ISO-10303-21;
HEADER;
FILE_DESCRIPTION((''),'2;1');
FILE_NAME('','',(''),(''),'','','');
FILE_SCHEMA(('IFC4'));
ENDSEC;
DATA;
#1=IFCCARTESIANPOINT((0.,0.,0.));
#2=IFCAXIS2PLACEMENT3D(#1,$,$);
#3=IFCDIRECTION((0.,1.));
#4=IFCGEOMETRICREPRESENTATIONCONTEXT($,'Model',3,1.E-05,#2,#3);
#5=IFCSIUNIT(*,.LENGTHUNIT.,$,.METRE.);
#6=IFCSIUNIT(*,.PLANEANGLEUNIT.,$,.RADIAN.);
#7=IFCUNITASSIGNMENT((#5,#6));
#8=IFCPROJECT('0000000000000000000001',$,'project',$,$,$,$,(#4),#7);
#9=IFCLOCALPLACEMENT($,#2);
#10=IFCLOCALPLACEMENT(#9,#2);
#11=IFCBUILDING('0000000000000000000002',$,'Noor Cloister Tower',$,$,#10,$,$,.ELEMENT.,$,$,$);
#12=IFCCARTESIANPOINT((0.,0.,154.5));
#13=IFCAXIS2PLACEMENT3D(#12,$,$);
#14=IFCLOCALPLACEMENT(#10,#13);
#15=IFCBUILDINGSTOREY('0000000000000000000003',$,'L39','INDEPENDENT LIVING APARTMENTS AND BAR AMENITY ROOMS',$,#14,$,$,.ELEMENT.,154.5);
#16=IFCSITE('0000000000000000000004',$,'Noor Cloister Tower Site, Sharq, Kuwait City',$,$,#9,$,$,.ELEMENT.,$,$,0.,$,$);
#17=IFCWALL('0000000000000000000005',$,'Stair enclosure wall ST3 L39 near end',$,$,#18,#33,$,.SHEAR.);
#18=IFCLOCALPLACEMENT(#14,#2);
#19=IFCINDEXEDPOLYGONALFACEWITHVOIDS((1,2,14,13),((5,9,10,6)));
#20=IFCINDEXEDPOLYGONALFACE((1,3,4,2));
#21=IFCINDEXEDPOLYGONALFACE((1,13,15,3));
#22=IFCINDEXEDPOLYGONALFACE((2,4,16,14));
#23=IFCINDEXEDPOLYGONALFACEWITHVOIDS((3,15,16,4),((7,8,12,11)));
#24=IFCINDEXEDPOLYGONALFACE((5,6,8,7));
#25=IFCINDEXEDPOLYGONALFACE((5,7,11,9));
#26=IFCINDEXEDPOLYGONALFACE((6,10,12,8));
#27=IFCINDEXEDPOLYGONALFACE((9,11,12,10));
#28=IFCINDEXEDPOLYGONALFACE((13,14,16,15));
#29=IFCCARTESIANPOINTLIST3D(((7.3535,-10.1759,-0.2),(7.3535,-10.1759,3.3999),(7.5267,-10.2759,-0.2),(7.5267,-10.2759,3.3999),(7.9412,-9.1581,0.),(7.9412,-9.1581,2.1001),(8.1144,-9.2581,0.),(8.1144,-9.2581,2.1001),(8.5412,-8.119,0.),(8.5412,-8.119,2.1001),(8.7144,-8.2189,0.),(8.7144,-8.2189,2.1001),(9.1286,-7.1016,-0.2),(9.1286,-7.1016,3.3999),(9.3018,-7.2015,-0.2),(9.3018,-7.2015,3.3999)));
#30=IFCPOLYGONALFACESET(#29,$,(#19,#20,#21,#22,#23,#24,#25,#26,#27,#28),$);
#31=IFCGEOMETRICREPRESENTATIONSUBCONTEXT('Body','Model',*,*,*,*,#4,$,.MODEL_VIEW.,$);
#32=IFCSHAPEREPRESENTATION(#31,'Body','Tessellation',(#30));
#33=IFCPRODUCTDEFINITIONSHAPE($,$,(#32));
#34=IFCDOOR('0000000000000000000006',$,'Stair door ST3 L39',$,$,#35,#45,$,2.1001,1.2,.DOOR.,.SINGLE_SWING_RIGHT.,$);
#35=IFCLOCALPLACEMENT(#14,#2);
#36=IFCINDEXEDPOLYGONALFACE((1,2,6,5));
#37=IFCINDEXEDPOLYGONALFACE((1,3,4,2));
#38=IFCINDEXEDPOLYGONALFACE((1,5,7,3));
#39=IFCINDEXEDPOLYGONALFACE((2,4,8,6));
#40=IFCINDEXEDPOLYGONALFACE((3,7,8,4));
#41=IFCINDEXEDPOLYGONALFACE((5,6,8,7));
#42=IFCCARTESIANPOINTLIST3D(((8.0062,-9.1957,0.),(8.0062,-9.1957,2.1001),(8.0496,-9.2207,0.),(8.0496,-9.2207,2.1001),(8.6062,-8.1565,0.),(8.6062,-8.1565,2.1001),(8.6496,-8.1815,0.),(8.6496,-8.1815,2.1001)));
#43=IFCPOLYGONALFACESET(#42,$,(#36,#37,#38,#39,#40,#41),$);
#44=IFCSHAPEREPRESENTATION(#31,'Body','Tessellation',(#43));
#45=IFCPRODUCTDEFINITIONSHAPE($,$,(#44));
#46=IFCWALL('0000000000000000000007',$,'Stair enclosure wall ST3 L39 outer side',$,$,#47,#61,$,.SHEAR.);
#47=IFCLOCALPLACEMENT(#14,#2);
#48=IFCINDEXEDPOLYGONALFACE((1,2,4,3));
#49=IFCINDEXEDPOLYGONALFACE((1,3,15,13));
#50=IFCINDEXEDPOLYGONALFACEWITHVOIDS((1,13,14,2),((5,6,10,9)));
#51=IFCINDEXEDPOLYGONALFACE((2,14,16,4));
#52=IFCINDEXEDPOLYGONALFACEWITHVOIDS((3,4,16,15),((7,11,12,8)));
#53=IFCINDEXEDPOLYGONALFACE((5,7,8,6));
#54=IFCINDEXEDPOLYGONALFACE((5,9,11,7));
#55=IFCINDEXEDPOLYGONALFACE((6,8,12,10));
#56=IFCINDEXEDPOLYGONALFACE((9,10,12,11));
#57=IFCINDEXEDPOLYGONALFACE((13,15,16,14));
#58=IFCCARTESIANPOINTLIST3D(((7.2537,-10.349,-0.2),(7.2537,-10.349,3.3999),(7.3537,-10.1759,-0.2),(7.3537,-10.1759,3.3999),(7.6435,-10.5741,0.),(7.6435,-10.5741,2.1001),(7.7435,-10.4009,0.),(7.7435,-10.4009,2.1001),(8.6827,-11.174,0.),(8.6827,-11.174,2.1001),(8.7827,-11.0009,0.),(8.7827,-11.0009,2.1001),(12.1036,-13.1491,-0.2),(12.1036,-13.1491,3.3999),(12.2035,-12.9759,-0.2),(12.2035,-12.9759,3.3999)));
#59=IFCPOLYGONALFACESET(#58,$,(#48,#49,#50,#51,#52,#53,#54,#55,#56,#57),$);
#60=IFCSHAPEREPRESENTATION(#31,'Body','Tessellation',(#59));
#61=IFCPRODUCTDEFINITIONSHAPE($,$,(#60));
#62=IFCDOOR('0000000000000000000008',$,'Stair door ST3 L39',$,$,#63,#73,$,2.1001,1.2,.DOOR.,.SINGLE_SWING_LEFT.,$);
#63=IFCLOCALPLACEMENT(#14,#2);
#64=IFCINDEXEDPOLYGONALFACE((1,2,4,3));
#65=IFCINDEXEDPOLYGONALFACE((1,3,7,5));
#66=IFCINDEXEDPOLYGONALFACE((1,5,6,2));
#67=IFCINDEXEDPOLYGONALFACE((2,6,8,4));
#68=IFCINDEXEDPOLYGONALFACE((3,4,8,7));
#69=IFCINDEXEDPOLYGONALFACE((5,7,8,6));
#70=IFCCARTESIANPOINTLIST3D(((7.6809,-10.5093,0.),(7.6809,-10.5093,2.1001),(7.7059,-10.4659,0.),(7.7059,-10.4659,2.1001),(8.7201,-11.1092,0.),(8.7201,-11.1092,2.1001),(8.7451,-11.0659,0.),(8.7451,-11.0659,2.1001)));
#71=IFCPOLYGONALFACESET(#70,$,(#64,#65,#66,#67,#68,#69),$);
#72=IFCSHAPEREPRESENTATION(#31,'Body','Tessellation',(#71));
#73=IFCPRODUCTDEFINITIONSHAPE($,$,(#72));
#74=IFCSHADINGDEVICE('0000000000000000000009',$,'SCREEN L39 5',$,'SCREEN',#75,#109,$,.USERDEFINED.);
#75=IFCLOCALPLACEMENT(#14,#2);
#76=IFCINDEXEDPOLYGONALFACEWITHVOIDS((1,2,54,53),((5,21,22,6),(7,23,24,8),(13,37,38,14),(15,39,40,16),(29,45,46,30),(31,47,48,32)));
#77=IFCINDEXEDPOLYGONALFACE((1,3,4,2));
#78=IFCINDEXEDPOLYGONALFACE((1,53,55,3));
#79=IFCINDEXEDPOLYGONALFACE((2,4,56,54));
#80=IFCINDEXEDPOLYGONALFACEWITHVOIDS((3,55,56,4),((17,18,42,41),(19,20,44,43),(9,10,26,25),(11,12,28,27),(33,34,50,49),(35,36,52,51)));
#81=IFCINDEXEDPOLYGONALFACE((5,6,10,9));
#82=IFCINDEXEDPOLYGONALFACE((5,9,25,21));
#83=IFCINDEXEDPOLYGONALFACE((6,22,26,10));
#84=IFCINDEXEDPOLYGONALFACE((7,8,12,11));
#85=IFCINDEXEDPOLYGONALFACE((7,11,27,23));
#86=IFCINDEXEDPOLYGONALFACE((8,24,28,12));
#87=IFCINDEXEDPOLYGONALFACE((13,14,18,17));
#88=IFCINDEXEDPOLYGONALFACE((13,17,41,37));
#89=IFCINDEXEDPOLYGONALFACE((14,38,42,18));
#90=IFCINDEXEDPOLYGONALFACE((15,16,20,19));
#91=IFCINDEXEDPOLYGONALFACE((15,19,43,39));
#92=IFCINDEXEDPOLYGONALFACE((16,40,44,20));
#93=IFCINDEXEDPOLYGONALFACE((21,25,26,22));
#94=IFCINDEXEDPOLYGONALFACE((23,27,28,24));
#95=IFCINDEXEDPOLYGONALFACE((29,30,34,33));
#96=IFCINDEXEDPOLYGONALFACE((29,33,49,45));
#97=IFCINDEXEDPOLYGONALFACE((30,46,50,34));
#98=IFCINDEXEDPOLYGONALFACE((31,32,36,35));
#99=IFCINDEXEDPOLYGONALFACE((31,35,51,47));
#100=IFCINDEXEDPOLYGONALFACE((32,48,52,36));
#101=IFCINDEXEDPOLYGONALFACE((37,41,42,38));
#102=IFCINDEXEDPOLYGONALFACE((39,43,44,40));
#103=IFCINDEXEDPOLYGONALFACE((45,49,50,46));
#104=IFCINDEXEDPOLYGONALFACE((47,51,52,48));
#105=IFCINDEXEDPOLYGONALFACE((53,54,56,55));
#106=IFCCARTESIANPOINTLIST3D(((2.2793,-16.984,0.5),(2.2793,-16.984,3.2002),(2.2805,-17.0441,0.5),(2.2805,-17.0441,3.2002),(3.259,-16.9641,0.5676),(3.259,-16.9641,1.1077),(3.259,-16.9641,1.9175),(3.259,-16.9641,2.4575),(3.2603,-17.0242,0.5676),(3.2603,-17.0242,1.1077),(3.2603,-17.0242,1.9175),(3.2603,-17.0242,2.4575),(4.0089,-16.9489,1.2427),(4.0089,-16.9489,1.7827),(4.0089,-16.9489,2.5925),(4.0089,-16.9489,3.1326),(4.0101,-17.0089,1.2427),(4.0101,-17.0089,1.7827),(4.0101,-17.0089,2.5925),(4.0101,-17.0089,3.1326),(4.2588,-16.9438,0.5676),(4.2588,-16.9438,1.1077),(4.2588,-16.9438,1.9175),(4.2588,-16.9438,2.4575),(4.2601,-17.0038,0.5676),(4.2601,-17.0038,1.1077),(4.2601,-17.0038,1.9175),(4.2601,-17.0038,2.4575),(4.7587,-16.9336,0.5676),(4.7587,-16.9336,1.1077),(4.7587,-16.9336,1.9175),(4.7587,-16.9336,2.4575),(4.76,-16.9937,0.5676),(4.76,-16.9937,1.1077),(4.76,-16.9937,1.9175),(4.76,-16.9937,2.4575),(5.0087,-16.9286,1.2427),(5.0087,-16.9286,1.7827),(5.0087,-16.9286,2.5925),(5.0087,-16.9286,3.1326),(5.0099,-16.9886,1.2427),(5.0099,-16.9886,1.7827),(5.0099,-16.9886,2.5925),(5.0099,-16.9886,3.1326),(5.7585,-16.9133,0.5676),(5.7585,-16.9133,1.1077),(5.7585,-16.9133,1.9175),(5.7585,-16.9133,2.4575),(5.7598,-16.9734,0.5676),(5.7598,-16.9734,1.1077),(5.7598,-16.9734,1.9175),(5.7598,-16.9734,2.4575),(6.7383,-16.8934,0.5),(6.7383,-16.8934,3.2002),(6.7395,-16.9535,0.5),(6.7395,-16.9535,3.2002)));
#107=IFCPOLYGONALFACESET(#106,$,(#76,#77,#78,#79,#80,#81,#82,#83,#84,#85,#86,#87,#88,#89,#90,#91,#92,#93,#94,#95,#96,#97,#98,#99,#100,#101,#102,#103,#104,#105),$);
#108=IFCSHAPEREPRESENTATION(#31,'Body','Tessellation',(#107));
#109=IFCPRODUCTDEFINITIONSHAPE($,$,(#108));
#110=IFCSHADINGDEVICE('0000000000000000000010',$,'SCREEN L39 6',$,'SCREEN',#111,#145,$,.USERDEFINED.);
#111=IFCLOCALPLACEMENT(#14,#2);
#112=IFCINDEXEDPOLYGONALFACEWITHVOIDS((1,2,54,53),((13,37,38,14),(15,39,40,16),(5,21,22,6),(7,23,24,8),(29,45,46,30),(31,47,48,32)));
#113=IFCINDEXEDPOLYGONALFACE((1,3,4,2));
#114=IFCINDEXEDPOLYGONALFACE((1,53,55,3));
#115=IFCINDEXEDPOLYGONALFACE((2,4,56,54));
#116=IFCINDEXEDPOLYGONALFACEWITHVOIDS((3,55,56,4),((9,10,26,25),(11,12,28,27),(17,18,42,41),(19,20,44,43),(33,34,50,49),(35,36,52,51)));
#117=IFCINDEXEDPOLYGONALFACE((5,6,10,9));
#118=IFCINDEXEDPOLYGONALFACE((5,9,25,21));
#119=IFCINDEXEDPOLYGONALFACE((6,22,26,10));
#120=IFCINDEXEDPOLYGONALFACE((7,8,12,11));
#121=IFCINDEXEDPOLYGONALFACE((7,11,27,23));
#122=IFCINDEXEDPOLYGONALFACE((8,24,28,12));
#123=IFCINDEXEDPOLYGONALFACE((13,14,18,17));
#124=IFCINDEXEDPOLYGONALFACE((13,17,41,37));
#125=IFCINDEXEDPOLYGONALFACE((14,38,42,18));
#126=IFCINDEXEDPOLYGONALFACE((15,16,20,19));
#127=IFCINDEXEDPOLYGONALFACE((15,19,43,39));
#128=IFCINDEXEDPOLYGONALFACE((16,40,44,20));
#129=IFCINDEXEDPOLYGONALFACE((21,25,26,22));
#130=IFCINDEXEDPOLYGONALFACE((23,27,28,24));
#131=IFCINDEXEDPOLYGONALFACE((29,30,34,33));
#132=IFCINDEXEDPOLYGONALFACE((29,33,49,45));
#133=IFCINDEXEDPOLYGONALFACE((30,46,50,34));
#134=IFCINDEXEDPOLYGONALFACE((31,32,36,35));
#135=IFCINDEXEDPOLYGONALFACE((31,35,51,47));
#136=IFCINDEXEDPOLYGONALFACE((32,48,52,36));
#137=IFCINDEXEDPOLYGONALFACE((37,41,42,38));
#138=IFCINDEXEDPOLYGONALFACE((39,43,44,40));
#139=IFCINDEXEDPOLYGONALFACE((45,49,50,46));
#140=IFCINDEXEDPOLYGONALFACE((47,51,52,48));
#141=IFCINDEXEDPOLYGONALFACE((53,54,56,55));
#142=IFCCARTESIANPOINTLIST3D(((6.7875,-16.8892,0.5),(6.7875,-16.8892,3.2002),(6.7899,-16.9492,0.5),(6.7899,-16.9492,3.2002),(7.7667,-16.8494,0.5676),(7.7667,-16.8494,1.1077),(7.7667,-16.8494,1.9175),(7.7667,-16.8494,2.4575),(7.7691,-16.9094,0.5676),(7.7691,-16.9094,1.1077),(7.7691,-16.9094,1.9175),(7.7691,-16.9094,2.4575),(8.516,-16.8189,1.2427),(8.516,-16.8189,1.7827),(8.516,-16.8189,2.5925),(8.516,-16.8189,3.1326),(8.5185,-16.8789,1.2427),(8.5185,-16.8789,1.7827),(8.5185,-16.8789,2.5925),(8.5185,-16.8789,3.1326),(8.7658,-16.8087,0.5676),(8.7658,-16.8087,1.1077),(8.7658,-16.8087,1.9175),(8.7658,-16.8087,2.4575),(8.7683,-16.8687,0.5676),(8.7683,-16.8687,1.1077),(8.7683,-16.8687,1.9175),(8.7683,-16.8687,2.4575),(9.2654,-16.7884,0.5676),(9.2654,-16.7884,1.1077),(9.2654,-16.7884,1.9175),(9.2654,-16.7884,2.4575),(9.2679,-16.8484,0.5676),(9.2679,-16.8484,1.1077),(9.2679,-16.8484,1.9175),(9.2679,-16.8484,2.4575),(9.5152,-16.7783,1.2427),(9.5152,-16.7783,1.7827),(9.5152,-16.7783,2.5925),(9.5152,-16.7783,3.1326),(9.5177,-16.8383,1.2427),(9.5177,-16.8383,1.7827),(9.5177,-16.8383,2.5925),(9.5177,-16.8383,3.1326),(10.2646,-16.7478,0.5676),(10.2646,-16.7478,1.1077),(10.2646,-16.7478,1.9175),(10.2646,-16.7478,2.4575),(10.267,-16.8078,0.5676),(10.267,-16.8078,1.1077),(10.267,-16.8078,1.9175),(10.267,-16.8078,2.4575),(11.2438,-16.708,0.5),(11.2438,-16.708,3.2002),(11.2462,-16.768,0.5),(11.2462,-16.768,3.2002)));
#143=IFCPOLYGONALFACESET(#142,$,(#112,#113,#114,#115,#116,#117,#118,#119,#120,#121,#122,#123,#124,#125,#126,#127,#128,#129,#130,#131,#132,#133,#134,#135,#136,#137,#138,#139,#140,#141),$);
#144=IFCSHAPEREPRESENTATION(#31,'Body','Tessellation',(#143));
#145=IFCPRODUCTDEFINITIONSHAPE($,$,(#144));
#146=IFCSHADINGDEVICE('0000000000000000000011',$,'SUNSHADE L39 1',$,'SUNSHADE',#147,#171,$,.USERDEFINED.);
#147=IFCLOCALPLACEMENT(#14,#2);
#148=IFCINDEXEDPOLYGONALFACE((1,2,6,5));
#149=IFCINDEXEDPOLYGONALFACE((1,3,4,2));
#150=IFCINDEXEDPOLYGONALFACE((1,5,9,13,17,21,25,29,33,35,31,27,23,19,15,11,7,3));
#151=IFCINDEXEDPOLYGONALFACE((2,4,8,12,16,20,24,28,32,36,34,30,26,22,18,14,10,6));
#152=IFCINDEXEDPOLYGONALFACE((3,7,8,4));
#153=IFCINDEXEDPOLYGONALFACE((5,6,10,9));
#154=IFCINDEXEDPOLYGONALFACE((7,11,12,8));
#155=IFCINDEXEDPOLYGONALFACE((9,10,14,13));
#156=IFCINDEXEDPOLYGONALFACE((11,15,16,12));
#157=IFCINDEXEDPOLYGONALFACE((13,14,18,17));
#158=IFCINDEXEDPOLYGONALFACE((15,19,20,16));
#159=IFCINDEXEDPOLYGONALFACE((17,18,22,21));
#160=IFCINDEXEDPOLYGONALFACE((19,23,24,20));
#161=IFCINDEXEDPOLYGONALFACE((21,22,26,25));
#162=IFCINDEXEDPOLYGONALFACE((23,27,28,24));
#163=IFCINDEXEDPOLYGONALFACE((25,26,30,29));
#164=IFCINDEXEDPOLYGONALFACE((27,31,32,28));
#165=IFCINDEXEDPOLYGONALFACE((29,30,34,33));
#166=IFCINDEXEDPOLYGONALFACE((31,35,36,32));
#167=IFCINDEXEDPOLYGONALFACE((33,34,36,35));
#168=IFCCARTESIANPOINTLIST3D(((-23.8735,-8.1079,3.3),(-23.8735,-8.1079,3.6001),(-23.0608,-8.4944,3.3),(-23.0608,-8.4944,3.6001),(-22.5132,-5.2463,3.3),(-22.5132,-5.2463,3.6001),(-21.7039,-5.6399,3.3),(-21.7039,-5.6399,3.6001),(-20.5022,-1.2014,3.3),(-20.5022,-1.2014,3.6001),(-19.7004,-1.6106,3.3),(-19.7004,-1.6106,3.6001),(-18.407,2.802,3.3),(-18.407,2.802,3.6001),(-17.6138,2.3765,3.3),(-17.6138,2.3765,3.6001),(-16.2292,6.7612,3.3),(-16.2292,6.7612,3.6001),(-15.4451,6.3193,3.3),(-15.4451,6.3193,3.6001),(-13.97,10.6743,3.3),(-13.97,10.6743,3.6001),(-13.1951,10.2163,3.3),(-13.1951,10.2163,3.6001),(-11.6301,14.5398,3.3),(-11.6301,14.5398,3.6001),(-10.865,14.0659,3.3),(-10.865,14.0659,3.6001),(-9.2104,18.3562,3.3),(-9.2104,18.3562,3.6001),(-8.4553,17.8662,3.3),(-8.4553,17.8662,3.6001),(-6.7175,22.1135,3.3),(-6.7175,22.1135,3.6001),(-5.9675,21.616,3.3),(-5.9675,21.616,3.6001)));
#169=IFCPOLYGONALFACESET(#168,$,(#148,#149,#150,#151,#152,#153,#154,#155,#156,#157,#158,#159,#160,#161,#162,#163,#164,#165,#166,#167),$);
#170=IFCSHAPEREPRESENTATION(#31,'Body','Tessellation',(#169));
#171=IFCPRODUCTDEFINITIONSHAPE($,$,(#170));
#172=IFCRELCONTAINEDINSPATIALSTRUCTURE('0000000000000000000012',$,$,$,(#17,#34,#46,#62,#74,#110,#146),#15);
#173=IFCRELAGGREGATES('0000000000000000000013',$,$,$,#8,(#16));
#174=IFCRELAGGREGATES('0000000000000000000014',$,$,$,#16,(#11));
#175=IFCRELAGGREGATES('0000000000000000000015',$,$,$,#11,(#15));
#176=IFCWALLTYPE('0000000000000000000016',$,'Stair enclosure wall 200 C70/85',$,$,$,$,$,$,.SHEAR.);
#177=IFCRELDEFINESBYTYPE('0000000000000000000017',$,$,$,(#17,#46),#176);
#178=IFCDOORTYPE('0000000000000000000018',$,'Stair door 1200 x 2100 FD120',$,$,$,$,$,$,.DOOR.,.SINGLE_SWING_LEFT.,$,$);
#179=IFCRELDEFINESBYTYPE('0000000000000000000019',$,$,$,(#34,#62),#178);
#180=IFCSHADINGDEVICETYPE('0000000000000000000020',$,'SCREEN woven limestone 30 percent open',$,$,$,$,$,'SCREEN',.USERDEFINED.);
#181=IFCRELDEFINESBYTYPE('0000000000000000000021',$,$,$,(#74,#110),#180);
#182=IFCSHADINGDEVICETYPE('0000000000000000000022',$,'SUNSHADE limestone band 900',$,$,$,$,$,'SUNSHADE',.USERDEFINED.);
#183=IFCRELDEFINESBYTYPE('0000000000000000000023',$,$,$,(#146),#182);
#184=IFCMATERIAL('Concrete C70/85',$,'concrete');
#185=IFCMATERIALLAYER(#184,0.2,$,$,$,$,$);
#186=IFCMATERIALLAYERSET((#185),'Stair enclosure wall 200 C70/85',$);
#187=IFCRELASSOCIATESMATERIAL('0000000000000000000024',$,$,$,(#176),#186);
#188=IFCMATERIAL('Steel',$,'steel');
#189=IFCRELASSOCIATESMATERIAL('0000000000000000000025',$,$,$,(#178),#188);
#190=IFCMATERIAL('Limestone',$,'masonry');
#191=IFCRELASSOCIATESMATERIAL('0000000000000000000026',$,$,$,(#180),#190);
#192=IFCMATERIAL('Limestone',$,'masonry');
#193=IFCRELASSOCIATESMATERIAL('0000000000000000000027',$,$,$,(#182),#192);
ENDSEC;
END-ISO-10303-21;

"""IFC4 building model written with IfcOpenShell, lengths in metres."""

from ifc_helpers import new_model, si_unit, direction, frame, frame_2d, origin, place, context, subcontext, project, spatial, polyline, rectangle, outline, extrude, material, layer, layer_set, material_profile, profile_set, type_object, element, fill, save


model = new_model("IFC4")

# Units and contexts
model_context = context("Model", 3, precision=1e-05, world=origin(), true_north=direction((0.0, 1.0)))
body_context = subcontext(model_context, "Body", "Model", "MODEL_VIEW")
ifc_project = project(units=[si_unit("LENGTHUNIT", "METRE"), si_unit("PLANEANGLEUNIT", "RADIAN")], contexts=[model_context])

# Site, building, storey
site_placement = place(None, origin())
site = spatial("IfcSite", under=ifc_project, at=site_placement, Name="Noor Cloister Tower Site, Sharq, Kuwait City", CompositionType="ELEMENT", RefElevation=0.0)
building_placement = place(site_placement, origin())
building = spatial("IfcBuilding", under=site, at=building_placement, Name="Noor Cloister Tower", CompositionType="ELEMENT")
storey_placement = place(building_placement, frame((0.0, 0.0, 154.5)))
storey = spatial("IfcBuildingStorey", under=building, at=storey_placement, Name="L39", Description="INDEPENDENT LIVING APARTMENTS AND BAR AMENITY ROOMS", CompositionType="ELEMENT", Elevation=154.5)

# Walls, openings, doors
ifc_material_1 = material(Name="Concrete C70/85", Category="concrete")
ifc_layer_1 = layer(ifc_material_1, 0.2)
ifc_layer_set_1 = layer_set([ifc_layer_1], Name="Stair enclosure wall 200 C70/85")
wall_type_1 = type_object("IfcWallType", Name="Stair enclosure wall 200 C70/85", PredefinedType="SHEAR", material=ifc_layer_set_1)
wall_1_placement = place(storey_placement, frame((7.4402, -10.2258, -0.2), z_axis=(0.0, 0.0, 1.0), x_axis=(0.500022, 0.866013, 0.0)))
wall_1 = element("IfcWall", 1, at=wall_1_placement, inside=storey, type_object=wall_type_1, Name="Stair enclosure wall ST3 L39 near end", PredefinedType="SHEAR", context=body_context, shape_type="SweptSolid", body=[
    extrude(rectangle(XDim=3.55, YDim=0.2, at=frame_2d((1.7749, 0.0))), origin(), (0.0, 0.0, 1.0), 3.5999),
])
opening_1_placement = place(wall_1_placement, frame((1.175, 0.0, 0.2)))
opening_1 = element("IfcOpeningElement", 2, at=opening_1_placement, cuts=wall_1, PredefinedType="OPENING", context=body_context, shape_type="SweptSolid", body=[
    extrude(rectangle(XDim=1.2, YDim=2.1001, at=frame_2d((0.6001, 1.05))), frame((0.0, 0.1099, 0.0), z_axis=(0.0, -1.0, 0.0), x_axis=(1.0, 0.0, 0.0)), (0.0, 0.0, 1.0), 0.22),
])
ifc_material_2 = material(Name="Steel", Category="steel")
door_type_1 = type_object("IfcDoorType", Name="Stair door 1200 x 2100 FD120", OperationType="SINGLE_SWING_LEFT", PredefinedType="DOOR", material=ifc_material_2)
door_1_placement = place(opening_1_placement, origin())
door_1 = element("IfcDoor", 3, at=door_1_placement, inside=storey, type_object=door_type_1, Name="Stair door ST3 L39", OperationType="SINGLE_SWING_RIGHT", OverallHeight=2.1001, OverallWidth=1.2, PredefinedType="DOOR", context=body_context, shape_type="SweptSolid", body=[
    extrude(rectangle(XDim=1.2, YDim=2.1001, at=frame_2d((0.6001, 1.05))), frame((0.0, 0.0249, 0.0), z_axis=(0.0, -1.0, 0.0), x_axis=(1.0, 0.0, 0.0)), (0.0, 0.0, 1.0), 0.05),
])
fill(opening_1, door_1)
wall_2_placement = place(storey_placement, frame((7.3037, -10.2625, -0.2), z_axis=(0.0, 0.0, 1.0), x_axis=(0.866027, -0.499998, 0.0)))
wall_2 = element("IfcWall", 4, at=wall_2_placement, inside=storey, type_object=wall_type_1, Name="Stair enclosure wall ST3 L39 outer side", PredefinedType="SHEAR", context=body_context, shape_type="SweptSolid", body=[
    extrude(rectangle(XDim=5.6001, YDim=0.2, at=frame_2d((2.8, 0.0))), origin(), (0.0, 0.0, 1.0), 3.5999),
])
opening_2_placement = place(wall_2_placement, frame((0.45, 0.0, 0.2)))
opening_2 = element("IfcOpeningElement", 5, at=opening_2_placement, cuts=wall_2, PredefinedType="OPENING", context=body_context, shape_type="SweptSolid", body=[
    extrude(rectangle(XDim=1.2, YDim=2.1001, at=frame_2d((0.6001, 1.05))), frame((0.0, 0.1099, 0.0), z_axis=(0.0, -1.0, 0.0), x_axis=(1.0, 0.0, 0.0)), (0.0, 0.0, 1.0), 0.22),
])
door_2_placement = place(opening_2_placement, origin())
door_2 = element("IfcDoor", 6, at=door_2_placement, inside=storey, type_object=door_type_1, Name="Stair door ST3 L39", OperationType="SINGLE_SWING_LEFT", OverallHeight=2.1001, OverallWidth=1.2, PredefinedType="DOOR", context=body_context, shape_type="SweptSolid", body=[
    extrude(rectangle(XDim=1.2, YDim=2.1001, at=frame_2d((0.6001, 1.05))), frame((0.0, 0.0249, 0.0), z_axis=(0.0, -1.0, 0.0), x_axis=(1.0, 0.0, 0.0)), (0.0, 0.0, 1.0), 0.05),
])
fill(opening_2, door_2)

# Shading devices
ifc_material_3 = material(Name="Limestone", Category="masonry")
ifc_material_profile_1 = material_profile(ifc_material_3, outline(polyline([(-2.23, -1.3501), (2.23, -1.3501), (2.23, 1.3501), (-2.23, 1.3501), (-2.23, -1.3501)]), holes=[polyline([(-1.25, -1.2825), (-0.25, -1.2825), (-0.25, -0.7424), (-1.25, -0.7424), (-1.25, -1.2825)]), polyline([(0.25, -1.2825), (1.25, -1.2825), (1.25, -0.7424), (0.25, -0.7424), (0.25, -1.2825)]), polyline([(-0.5, -0.6074), (0.5, -0.6074), (0.5, -0.0674), (-0.5, -0.0674), (-0.5, -0.6074)]), polyline([(-1.25, 0.0674), (-0.25, 0.0674), (-0.25, 0.6074), (-1.25, 0.6074), (-1.25, 0.0674)]), polyline([(0.25, 0.0674), (1.25, 0.0674), (1.25, 0.6074), (0.25, 0.6074), (0.25, 0.0674)]), polyline([(-0.5, 0.7424), (0.5, 0.7424), (0.5, 1.2825), (-0.5, 1.2825), (-0.5, 0.7424)])]), Name="Woven screen 30 percent open")
ifc_profile_set_1 = profile_set([ifc_material_profile_1], Name="Limestone")
shading_device_type_1 = type_object("IfcShadingDeviceType", Name="SCREEN woven limestone 30 percent open", ElementType="SCREEN", PredefinedType="USERDEFINED", material=ifc_profile_set_1)
for number, where, z_axis, x_axis, name in (
    (7, (4.5088, -16.9387, 1.8501), (0.020321, -0.999794, 0.0), (0.999794, 0.020321, 0.0), "SCREEN L39 5"),
    (8, (9.0156, -16.7986, 1.8501), (0.040617, -0.999175, 0.0), (0.999175, 0.040617, 0.0), "SCREEN L39 6"),
):
    element("IfcShadingDevice", number, at=place(storey_placement, frame(where, z_axis=z_axis, x_axis=x_axis)), inside=storey, type_object=shading_device_type_1, Name=name, ObjectType="SCREEN", PredefinedType="USERDEFINED", context=body_context, shape_type="SweptSolid", body=[
        extrude(outline(polyline([(-2.23, -1.3501), (2.23, -1.3501), (2.23, 1.3501), (-2.23, 1.3501), (-2.23, -1.3501)]), holes=[polyline([(-1.25, -1.2825), (-0.25, -1.2825), (-0.25, -0.7424), (-1.25, -0.7424), (-1.25, -1.2825)]), polyline([(0.25, -1.2825), (1.25, -1.2825), (1.25, -0.7424), (0.25, -0.7424), (0.25, -1.2825)]), polyline([(-0.5, -0.6074), (0.5, -0.6074), (0.5, -0.0674), (-0.5, -0.0674), (-0.5, -0.6074)]), polyline([(-1.25, 0.0674), (-0.25, 0.0674), (-0.25, 0.6074), (-1.25, 0.6074), (-1.25, 0.0674)]), polyline([(0.25, 0.0674), (1.25, 0.0674), (1.25, 0.6074), (0.25, 0.6074), (0.25, 0.0674)]), polyline([(-0.5, 0.7424), (0.5, 0.7424), (0.5, 1.2825), (-0.5, 1.2825), (-0.5, 0.7424)])]), origin(), (0.0, 0.0, 1.0), 0.0601),
    ])
ifc_material_4 = material(Name="Limestone", Category="masonry")
shading_device_type_2 = type_object("IfcShadingDeviceType", Name="SUNSHADE limestone band 900", ElementType="SUNSHADE", PredefinedType="USERDEFINED", material=ifc_material_4)
shading_device_1_placement = place(storey_placement, frame((0.0, 0.0, 3.3)))
element("IfcShadingDevice", 9, at=shading_device_1_placement, inside=storey, type_object=shading_device_type_2, Name="SUNSHADE L39 1", ObjectType="SUNSHADE", PredefinedType="USERDEFINED", context=body_context, shape_type="SweptSolid", body=[
    extrude(outline(polyline([(-6.7175, 22.1135), (-9.2104, 18.3562), (-11.6301, 14.5398), (-13.97, 10.6743), (-16.2292, 6.7612), (-18.407, 2.802), (-20.5022, -1.2014), (-22.5132, -5.2463), (-23.8735, -8.1079), (-23.0608, -8.4944), (-21.7039, -5.6399), (-19.7004, -1.6106), (-17.6138, 2.3765), (-15.4451, 6.3193), (-13.1951, 10.2163), (-10.865, 14.0659), (-8.4553, 17.8662), (-5.9675, 21.616), (-6.7175, 22.1135)])), origin(), (0.0, 0.0, 1.0), 0.3),
])

save(model, "model.ifc")
